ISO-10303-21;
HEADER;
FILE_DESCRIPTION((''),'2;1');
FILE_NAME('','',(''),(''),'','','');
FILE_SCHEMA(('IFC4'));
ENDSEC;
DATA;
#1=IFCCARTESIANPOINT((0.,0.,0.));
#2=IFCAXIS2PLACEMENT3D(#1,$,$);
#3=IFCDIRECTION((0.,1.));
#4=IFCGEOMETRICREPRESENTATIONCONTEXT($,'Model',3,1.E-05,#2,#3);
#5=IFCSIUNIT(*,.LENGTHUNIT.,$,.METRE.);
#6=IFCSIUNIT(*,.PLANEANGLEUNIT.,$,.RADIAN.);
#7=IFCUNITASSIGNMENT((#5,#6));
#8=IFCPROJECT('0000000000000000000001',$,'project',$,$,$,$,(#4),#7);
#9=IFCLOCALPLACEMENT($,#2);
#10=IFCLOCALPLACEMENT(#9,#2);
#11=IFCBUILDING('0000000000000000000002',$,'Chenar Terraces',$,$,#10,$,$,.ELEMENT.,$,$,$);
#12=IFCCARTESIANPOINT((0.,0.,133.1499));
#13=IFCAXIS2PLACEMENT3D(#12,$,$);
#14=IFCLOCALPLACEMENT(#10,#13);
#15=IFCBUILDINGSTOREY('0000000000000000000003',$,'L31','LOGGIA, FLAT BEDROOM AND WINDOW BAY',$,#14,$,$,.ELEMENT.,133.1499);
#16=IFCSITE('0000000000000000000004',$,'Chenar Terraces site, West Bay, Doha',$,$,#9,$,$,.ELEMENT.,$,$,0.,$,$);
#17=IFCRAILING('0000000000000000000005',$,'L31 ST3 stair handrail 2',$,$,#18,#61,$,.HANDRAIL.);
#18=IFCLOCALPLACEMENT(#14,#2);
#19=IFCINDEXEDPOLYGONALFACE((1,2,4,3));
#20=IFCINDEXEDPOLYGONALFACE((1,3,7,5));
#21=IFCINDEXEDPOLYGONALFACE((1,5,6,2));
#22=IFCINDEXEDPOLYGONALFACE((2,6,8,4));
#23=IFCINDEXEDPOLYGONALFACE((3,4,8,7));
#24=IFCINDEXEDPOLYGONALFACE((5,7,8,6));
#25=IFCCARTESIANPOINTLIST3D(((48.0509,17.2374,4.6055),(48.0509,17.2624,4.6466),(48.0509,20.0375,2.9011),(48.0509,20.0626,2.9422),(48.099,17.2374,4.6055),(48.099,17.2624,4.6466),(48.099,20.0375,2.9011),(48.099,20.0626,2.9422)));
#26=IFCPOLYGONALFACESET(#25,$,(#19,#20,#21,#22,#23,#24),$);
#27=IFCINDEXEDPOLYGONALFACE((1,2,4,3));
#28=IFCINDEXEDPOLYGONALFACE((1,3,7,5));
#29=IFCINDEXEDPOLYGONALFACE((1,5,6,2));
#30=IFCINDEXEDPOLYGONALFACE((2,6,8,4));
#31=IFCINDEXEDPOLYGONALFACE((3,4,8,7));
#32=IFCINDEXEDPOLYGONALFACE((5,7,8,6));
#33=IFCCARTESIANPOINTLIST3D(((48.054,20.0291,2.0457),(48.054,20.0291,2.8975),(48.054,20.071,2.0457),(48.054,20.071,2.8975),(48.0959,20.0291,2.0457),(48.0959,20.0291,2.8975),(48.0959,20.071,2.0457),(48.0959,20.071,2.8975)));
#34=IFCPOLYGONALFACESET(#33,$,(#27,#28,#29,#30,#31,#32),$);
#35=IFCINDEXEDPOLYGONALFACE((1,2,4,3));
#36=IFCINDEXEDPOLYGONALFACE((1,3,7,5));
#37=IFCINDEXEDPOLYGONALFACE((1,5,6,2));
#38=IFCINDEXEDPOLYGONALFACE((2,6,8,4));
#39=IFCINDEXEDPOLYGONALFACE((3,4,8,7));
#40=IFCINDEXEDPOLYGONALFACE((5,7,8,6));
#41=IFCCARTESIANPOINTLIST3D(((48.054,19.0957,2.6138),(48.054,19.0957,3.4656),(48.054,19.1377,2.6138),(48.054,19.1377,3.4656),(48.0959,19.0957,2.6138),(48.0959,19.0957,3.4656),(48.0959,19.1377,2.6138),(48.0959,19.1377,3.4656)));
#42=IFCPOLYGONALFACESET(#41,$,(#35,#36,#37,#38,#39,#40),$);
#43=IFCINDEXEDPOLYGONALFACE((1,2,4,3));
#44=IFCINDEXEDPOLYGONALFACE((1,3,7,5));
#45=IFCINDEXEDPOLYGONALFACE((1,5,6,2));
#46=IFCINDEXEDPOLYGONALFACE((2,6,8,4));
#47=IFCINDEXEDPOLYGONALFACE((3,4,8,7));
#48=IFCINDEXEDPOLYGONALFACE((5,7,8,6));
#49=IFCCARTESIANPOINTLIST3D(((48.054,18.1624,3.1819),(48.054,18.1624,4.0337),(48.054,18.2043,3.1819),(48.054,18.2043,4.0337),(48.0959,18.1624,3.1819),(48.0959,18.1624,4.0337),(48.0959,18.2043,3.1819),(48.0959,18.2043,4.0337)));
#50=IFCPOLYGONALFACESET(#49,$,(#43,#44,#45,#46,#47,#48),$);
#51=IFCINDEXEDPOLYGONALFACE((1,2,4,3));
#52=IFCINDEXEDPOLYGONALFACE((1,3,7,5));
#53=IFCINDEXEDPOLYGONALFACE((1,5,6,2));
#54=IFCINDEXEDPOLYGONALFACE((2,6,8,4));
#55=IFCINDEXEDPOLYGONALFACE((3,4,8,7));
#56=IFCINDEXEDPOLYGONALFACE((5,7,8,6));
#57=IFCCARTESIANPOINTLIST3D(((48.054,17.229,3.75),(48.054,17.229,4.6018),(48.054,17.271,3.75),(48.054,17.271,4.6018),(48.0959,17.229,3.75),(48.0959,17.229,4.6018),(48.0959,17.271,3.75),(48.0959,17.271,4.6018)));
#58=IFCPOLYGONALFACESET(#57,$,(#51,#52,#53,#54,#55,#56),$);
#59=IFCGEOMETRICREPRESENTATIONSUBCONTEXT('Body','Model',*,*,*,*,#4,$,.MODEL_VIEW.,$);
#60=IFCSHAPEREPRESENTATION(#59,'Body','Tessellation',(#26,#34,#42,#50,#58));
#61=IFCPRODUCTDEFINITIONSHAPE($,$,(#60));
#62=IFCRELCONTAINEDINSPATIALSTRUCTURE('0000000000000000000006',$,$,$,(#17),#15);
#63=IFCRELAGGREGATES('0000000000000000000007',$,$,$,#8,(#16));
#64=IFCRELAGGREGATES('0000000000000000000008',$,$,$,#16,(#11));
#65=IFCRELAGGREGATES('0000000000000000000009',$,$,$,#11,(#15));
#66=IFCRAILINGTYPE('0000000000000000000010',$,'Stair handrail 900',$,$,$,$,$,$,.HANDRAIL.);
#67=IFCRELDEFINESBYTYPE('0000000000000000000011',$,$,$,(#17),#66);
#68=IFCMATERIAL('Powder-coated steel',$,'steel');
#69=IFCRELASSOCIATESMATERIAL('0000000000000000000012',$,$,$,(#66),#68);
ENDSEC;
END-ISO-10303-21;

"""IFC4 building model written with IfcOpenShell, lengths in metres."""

from ifc_helpers import new_model, si_unit, direction, frame, origin, origin_2d, place, context, subcontext, project, spatial, rectangle, extrude, material, type_object, element, save


model = new_model("IFC4")

# Units and contexts
model_context = context("Model", 3, precision=1e-05, world=origin(), true_north=direction((0.0, 1.0)))
body_context = subcontext(model_context, "Body", "Model", "MODEL_VIEW")
ifc_project = project(units=[si_unit("LENGTHUNIT", "METRE"), si_unit("PLANEANGLEUNIT", "RADIAN")], contexts=[model_context])

# Site, building, storey
site_placement = place(None, origin())
site = spatial("IfcSite", under=ifc_project, at=site_placement, Name="Chenar Terraces site, West Bay, Doha", CompositionType="ELEMENT", RefElevation=0.0)
building_placement = place(site_placement, origin())
building = spatial("IfcBuilding", under=site, at=building_placement, Name="Chenar Terraces", CompositionType="ELEMENT")
storey_placement = place(building_placement, frame((0.0, 0.0, 133.1499)))
storey = spatial("IfcBuildingStorey", under=building, at=storey_placement, Name="L31", Description="LOGGIA, FLAT BEDROOM AND WINDOW BAY", CompositionType="ELEMENT", Elevation=133.1499)

# Railing
ifc_material_1 = material(Name="Powder-coated steel", Category="steel")
railing_type_1 = type_object("IfcRailingType", Name="Stair handrail 900", PredefinedType="HANDRAIL", material=ifc_material_1)
railing_1_placement = place(storey_placement, frame((48.075, 20.05, 2.0457)))
element("IfcRailing", 1, at=railing_1_placement, inside=storey, type_object=railing_type_1, Name="L31 ST3 stair handrail 2", PredefinedType="HANDRAIL", context=body_context, shape_type="SweptSolid", body=[
    extrude(rectangle(XDim=0.0481, YDim=0.0481, at=origin_2d()), frame((0.0, 0.0, 0.876), z_axis=(0.0, -0.854203, 0.51994), x_axis=(1.0, 0.0, 0.0)), (0.0, 0.0, 1.0), 3.2781),
    extrude(rectangle(XDim=0.042, YDim=0.042, at=origin_2d()), origin(), (0.0, 0.0, 1.0), 0.8518),
    extrude(rectangle(XDim=0.042, YDim=0.042, at=origin_2d()), frame((0.0, -0.9333, 0.5681)), (0.0, 0.0, 1.0), 0.8518),
    extrude(rectangle(XDim=0.042, YDim=0.042, at=origin_2d()), frame((0.0, -1.8667, 1.1362)), (0.0, 0.0, 1.0), 0.8518),
    extrude(rectangle(XDim=0.042, YDim=0.042, at=origin_2d()), frame((0.0, -2.8, 1.7043)), (0.0, 0.0, 1.0), 0.8518),
])

save(model, "model.ifc")
